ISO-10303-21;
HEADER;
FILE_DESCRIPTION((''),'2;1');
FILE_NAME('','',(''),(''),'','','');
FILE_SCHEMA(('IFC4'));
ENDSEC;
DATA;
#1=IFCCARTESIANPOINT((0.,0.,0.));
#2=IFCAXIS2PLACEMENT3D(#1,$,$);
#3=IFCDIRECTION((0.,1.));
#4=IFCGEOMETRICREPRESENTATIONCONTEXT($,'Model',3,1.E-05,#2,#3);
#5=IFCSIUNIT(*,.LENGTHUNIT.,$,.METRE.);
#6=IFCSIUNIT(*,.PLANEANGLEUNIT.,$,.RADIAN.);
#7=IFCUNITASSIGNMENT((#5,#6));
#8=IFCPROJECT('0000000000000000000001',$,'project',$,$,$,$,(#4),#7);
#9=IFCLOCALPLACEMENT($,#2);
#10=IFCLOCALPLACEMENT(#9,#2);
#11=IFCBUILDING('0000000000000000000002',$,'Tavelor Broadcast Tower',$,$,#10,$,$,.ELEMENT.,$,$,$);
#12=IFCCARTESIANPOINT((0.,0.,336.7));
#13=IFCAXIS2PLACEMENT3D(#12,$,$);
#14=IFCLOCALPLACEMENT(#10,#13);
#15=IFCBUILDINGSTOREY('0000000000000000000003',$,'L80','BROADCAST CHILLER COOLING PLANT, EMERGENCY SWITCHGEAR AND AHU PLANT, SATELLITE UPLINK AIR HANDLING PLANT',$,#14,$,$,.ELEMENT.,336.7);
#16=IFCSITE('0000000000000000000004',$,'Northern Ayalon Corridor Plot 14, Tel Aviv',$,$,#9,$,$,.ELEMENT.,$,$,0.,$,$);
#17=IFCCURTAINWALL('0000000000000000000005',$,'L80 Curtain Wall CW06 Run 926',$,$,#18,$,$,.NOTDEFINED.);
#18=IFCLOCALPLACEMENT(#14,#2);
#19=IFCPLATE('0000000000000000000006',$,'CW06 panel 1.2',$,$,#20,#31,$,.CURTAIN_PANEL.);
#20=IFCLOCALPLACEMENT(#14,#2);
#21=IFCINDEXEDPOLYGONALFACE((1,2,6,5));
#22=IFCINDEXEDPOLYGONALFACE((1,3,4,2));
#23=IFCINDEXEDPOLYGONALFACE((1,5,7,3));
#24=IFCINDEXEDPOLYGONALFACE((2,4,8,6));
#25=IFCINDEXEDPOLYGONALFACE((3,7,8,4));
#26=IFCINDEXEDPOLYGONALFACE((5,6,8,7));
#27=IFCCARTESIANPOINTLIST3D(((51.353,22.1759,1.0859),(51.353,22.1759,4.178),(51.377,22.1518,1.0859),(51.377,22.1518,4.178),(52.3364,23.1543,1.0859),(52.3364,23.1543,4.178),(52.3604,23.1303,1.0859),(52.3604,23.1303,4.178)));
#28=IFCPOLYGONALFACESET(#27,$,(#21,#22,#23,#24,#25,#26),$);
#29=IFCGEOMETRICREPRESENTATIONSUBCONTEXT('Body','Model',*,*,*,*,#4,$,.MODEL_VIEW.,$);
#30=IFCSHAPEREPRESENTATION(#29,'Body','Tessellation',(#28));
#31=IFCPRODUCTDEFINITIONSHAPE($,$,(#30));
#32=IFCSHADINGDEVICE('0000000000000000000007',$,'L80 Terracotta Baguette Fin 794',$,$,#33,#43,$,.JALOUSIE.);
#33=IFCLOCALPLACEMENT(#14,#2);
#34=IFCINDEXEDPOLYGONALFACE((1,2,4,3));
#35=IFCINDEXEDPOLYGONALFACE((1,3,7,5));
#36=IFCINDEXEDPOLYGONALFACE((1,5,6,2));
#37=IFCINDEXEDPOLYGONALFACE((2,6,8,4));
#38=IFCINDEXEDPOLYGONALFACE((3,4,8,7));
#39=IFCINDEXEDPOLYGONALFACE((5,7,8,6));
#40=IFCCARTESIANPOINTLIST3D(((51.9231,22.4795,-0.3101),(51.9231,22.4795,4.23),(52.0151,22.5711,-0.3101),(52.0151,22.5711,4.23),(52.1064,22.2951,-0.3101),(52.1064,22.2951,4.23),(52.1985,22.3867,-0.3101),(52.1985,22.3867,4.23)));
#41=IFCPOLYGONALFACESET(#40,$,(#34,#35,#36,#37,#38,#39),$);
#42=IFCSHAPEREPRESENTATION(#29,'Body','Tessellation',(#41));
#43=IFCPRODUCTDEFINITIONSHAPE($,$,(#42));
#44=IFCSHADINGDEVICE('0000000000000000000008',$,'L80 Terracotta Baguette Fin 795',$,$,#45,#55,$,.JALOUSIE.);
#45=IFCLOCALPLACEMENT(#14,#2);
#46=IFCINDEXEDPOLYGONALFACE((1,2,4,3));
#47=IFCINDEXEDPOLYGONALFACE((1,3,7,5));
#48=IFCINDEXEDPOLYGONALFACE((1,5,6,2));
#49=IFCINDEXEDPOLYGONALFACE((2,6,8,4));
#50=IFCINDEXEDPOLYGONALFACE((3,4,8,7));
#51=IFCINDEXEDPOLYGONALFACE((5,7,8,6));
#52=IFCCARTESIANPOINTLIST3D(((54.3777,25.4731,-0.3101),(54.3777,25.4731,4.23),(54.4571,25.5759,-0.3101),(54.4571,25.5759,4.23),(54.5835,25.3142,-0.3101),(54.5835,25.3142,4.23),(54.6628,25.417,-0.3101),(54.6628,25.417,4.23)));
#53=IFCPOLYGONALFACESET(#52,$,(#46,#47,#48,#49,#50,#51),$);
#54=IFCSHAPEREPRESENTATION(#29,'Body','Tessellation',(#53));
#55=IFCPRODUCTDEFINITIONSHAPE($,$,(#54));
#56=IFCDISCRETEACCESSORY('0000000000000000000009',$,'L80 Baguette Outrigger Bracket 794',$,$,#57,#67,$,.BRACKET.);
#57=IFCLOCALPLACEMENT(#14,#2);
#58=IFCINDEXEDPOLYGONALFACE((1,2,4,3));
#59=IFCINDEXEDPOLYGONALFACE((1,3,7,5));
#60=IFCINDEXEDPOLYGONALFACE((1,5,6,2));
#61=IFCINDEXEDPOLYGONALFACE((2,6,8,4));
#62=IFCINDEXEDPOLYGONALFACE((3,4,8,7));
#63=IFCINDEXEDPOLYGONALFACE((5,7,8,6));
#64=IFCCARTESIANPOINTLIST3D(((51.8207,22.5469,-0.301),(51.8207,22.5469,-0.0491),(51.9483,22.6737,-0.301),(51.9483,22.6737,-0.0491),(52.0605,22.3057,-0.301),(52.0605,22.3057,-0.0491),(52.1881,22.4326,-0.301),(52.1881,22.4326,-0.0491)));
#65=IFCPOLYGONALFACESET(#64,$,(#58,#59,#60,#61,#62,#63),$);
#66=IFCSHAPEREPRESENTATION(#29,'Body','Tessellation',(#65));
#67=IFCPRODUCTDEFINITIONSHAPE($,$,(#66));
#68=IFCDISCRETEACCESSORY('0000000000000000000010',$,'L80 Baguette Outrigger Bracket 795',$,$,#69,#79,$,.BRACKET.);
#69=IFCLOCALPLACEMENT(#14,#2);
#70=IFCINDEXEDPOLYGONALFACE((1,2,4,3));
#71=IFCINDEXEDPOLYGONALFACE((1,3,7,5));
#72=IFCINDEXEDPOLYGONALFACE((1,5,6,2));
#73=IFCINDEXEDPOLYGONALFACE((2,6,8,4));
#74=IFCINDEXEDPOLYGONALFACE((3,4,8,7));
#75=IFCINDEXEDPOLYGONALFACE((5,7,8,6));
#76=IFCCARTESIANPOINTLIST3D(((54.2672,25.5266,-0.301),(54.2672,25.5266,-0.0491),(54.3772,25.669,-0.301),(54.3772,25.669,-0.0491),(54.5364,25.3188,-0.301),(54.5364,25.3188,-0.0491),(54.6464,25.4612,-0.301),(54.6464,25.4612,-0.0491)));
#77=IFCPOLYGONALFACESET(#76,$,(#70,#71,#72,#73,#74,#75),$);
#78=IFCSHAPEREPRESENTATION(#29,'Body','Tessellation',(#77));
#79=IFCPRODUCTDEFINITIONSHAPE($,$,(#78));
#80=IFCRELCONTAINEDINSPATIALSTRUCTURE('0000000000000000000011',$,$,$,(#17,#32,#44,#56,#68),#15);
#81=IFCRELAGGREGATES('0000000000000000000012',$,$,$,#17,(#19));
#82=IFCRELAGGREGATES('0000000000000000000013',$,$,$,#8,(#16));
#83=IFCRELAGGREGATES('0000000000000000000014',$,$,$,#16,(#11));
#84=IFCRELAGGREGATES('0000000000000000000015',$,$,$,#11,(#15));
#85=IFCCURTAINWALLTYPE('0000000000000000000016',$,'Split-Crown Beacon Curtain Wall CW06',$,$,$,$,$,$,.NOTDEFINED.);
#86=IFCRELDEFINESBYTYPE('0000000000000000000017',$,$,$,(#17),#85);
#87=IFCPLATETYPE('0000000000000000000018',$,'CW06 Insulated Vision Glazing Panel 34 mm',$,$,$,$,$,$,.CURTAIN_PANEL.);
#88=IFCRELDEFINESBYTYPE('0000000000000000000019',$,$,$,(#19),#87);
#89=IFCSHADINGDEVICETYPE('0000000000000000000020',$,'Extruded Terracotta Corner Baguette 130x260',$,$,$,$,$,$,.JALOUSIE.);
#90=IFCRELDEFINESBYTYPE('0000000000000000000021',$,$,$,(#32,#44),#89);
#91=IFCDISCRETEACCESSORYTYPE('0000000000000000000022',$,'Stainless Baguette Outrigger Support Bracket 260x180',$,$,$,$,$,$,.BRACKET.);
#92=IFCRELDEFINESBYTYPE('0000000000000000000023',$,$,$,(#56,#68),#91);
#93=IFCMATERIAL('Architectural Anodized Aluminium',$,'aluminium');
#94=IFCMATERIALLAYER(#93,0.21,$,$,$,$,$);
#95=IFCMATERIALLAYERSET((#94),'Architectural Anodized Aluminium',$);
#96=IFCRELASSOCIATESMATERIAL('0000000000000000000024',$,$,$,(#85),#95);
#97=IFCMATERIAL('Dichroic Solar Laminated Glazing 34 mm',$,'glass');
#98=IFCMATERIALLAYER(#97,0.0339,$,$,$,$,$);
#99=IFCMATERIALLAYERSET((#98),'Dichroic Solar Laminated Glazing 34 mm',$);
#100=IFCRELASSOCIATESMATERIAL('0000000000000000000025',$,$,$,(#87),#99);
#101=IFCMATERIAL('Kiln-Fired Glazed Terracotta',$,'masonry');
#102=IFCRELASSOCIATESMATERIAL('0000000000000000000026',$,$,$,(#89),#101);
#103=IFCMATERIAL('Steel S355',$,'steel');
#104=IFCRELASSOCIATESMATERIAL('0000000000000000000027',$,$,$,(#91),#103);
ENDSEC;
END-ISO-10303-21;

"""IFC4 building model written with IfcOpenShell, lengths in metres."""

from ifc_helpers import new_model, si_unit, direction, frame, origin, origin_2d, place, context, subcontext, project, spatial, rectangle, extrude, source, transform, mapped, material, layer, layer_set, type_object, type_shapes, element, aggregate, save


model = new_model("IFC4")

# Units and contexts
model_context = context("Model", 3, precision=1e-05, world=origin(), true_north=direction((0.0, 1.0)))
body_context = subcontext(model_context, "Body", "Model", "MODEL_VIEW")
ifc_project = project(units=[si_unit("LENGTHUNIT", "METRE"), si_unit("PLANEANGLEUNIT", "RADIAN")], contexts=[model_context])

# Site, building, storey
site_placement = place(None, origin())
site = spatial("IfcSite", under=ifc_project, at=site_placement, Name="Northern Ayalon Corridor Plot 14, Tel Aviv", CompositionType="ELEMENT", RefElevation=0.0)
building_placement = place(site_placement, origin())
building = spatial("IfcBuilding", under=site, at=building_placement, Name="Tavelor Broadcast Tower", CompositionType="ELEMENT")
storey_placement = place(building_placement, frame((0.0, 0.0, 336.7)))
storey = spatial("IfcBuildingStorey", under=building, at=storey_placement, Name="L80", Description="BROADCAST CHILLER COOLING PLANT, EMERGENCY SWITCHGEAR AND AHU PLANT, SATELLITE UPLINK AIR HANDLING PLANT", CompositionType="ELEMENT", Elevation=336.7)

# Shared definitions
ifc_material_1 = material(Name="Steel S355", Category="steel")

# Shared definitions
ifc_material_2 = material(Name="Architectural Anodized Aluminium", Category="aluminium")
ifc_layer_1 = layer(ifc_material_2, 0.21)
ifc_layer_set_1 = layer_set([ifc_layer_1], Name="Architectural Anodized Aluminium")
curtain_wall_type = type_object("IfcCurtainWallType", Name="Split-Crown Beacon Curtain Wall CW06", PredefinedType="NOTDEFINED", material=ifc_layer_set_1)

# Curtain wall
curtain_wall_1_placement = place(storey_placement, origin())
curtain_wall_1 = element("IfcCurtainWall", 1, at=curtain_wall_1_placement, inside=storey, type_object=curtain_wall_type, Name="L80 Curtain Wall CW06 Run 926", PredefinedType="NOTDEFINED")

# Plate
ifc_material_3 = material(Name="Dichroic Solar Laminated Glazing 34 mm", Category="glass")
ifc_layer_2 = layer(ifc_material_3, 0.0339)
ifc_layer_set_2 = layer_set([ifc_layer_2], Name="Dichroic Solar Laminated Glazing 34 mm")
plate_type_1 = type_object("IfcPlateType", Name="CW06 Insulated Vision Glazing Panel 34 mm", PredefinedType="CURTAIN_PANEL", material=ifc_layer_set_2)
shared_shape_1 = source(origin(), body_context, "Body", "SweptSolid", [
    extrude(rectangle(XDim=1.3872, YDim=0.0339, at=origin_2d()), origin(), (0.0, 0.0, 1.0), 3.092),
])
plate_1_placement = place(storey_placement, frame((51.8567, 22.6531, 1.0859), z_axis=(0.0, 0.0, 1.0), x_axis=(0.708901, 0.705308, 0.0)))
plate_1 = element("IfcPlate", 2, at=plate_1_placement, type_object=plate_type_1, Name="CW06 panel 1.2", PredefinedType="CURTAIN_PANEL", context=body_context, shape_type="MappedRepresentation", body=[
    mapped(shared_shape_1, transform((0.0, 0.0, 0.0), scale=1.0)),
])
aggregate(curtain_wall_1, [plate_1])

# Shading devices
ifc_material_4 = material(Name="Kiln-Fired Glazed Terracotta", Category="masonry")
shading_device_type = type_object("IfcShadingDeviceType", Name="Extruded Terracotta Corner Baguette 130x260", PredefinedType="JALOUSIE", material=ifc_material_4)
shared_shape_2 = source(origin(), body_context, "Body", "SweptSolid", [
    extrude(rectangle(XDim=0.1299, YDim=0.26, at=origin_2d()), origin(), (0.0, 0.0, 1.0), 4.54),
])
type_shapes(shading_device_type, [shared_shape_2])
for number, where, z_axis, x_axis, name in (
    (3, (52.0608, 22.4331, -0.3101), (0.0, 0.0, 1.0), (0.708956, 0.705253, 0.0), "L80 Terracotta Baguette Fin 794"),
    (4, (54.5203, 25.4451, -0.3101), (0.0, 0.0, 1.0), (0.611251, 0.791437, 0.0), "L80 Terracotta Baguette Fin 795"),
):
    element("IfcShadingDevice", number, at=place(storey_placement, frame(where, z_axis=z_axis, x_axis=x_axis)), inside=storey, type_object=shading_device_type, Name=name, PredefinedType="JALOUSIE", context=body_context, shape_type="MappedRepresentation", body=[
        mapped(shared_shape_2, transform((0.0, 0.0, 0.0), scale=1.0)),
    ])

# Discrete accessories
discrete_accessory_type = type_object("IfcDiscreteAccessoryType", Name="Stainless Baguette Outrigger Support Bracket 260x180", PredefinedType="BRACKET", material=ifc_material_1)
shared_shape_3 = source(origin(), body_context, "Body", "SweptSolid", [
    extrude(rectangle(XDim=0.1799, YDim=0.3401, at=origin_2d()), origin(), (0.0, 0.0, 1.0), 0.252),
])
type_shapes(discrete_accessory_type, [shared_shape_3])
for number, where, z_axis, x_axis, name in (
    (5, (52.0044, 22.4897, -0.301), (0.0, 0.0, 1.0), (0.708956, 0.705253, 0.0), "L80 Baguette Outrigger Bracket 794"),
    (6, (54.4568, 25.4939, -0.301), (0.0, 0.0, 1.0), (0.611251, 0.791437, 0.0), "L80 Baguette Outrigger Bracket 795"),
):
    element("IfcDiscreteAccessory", number, at=place(storey_placement, frame(where, z_axis=z_axis, x_axis=x_axis)), inside=storey, type_object=discrete_accessory_type, Name=name, PredefinedType="BRACKET", context=body_context, shape_type="MappedRepresentation", body=[
        mapped(shared_shape_3, transform((0.0, 0.0, 0.0), scale=1.0)),
    ])

save(model, "model.ifc")
